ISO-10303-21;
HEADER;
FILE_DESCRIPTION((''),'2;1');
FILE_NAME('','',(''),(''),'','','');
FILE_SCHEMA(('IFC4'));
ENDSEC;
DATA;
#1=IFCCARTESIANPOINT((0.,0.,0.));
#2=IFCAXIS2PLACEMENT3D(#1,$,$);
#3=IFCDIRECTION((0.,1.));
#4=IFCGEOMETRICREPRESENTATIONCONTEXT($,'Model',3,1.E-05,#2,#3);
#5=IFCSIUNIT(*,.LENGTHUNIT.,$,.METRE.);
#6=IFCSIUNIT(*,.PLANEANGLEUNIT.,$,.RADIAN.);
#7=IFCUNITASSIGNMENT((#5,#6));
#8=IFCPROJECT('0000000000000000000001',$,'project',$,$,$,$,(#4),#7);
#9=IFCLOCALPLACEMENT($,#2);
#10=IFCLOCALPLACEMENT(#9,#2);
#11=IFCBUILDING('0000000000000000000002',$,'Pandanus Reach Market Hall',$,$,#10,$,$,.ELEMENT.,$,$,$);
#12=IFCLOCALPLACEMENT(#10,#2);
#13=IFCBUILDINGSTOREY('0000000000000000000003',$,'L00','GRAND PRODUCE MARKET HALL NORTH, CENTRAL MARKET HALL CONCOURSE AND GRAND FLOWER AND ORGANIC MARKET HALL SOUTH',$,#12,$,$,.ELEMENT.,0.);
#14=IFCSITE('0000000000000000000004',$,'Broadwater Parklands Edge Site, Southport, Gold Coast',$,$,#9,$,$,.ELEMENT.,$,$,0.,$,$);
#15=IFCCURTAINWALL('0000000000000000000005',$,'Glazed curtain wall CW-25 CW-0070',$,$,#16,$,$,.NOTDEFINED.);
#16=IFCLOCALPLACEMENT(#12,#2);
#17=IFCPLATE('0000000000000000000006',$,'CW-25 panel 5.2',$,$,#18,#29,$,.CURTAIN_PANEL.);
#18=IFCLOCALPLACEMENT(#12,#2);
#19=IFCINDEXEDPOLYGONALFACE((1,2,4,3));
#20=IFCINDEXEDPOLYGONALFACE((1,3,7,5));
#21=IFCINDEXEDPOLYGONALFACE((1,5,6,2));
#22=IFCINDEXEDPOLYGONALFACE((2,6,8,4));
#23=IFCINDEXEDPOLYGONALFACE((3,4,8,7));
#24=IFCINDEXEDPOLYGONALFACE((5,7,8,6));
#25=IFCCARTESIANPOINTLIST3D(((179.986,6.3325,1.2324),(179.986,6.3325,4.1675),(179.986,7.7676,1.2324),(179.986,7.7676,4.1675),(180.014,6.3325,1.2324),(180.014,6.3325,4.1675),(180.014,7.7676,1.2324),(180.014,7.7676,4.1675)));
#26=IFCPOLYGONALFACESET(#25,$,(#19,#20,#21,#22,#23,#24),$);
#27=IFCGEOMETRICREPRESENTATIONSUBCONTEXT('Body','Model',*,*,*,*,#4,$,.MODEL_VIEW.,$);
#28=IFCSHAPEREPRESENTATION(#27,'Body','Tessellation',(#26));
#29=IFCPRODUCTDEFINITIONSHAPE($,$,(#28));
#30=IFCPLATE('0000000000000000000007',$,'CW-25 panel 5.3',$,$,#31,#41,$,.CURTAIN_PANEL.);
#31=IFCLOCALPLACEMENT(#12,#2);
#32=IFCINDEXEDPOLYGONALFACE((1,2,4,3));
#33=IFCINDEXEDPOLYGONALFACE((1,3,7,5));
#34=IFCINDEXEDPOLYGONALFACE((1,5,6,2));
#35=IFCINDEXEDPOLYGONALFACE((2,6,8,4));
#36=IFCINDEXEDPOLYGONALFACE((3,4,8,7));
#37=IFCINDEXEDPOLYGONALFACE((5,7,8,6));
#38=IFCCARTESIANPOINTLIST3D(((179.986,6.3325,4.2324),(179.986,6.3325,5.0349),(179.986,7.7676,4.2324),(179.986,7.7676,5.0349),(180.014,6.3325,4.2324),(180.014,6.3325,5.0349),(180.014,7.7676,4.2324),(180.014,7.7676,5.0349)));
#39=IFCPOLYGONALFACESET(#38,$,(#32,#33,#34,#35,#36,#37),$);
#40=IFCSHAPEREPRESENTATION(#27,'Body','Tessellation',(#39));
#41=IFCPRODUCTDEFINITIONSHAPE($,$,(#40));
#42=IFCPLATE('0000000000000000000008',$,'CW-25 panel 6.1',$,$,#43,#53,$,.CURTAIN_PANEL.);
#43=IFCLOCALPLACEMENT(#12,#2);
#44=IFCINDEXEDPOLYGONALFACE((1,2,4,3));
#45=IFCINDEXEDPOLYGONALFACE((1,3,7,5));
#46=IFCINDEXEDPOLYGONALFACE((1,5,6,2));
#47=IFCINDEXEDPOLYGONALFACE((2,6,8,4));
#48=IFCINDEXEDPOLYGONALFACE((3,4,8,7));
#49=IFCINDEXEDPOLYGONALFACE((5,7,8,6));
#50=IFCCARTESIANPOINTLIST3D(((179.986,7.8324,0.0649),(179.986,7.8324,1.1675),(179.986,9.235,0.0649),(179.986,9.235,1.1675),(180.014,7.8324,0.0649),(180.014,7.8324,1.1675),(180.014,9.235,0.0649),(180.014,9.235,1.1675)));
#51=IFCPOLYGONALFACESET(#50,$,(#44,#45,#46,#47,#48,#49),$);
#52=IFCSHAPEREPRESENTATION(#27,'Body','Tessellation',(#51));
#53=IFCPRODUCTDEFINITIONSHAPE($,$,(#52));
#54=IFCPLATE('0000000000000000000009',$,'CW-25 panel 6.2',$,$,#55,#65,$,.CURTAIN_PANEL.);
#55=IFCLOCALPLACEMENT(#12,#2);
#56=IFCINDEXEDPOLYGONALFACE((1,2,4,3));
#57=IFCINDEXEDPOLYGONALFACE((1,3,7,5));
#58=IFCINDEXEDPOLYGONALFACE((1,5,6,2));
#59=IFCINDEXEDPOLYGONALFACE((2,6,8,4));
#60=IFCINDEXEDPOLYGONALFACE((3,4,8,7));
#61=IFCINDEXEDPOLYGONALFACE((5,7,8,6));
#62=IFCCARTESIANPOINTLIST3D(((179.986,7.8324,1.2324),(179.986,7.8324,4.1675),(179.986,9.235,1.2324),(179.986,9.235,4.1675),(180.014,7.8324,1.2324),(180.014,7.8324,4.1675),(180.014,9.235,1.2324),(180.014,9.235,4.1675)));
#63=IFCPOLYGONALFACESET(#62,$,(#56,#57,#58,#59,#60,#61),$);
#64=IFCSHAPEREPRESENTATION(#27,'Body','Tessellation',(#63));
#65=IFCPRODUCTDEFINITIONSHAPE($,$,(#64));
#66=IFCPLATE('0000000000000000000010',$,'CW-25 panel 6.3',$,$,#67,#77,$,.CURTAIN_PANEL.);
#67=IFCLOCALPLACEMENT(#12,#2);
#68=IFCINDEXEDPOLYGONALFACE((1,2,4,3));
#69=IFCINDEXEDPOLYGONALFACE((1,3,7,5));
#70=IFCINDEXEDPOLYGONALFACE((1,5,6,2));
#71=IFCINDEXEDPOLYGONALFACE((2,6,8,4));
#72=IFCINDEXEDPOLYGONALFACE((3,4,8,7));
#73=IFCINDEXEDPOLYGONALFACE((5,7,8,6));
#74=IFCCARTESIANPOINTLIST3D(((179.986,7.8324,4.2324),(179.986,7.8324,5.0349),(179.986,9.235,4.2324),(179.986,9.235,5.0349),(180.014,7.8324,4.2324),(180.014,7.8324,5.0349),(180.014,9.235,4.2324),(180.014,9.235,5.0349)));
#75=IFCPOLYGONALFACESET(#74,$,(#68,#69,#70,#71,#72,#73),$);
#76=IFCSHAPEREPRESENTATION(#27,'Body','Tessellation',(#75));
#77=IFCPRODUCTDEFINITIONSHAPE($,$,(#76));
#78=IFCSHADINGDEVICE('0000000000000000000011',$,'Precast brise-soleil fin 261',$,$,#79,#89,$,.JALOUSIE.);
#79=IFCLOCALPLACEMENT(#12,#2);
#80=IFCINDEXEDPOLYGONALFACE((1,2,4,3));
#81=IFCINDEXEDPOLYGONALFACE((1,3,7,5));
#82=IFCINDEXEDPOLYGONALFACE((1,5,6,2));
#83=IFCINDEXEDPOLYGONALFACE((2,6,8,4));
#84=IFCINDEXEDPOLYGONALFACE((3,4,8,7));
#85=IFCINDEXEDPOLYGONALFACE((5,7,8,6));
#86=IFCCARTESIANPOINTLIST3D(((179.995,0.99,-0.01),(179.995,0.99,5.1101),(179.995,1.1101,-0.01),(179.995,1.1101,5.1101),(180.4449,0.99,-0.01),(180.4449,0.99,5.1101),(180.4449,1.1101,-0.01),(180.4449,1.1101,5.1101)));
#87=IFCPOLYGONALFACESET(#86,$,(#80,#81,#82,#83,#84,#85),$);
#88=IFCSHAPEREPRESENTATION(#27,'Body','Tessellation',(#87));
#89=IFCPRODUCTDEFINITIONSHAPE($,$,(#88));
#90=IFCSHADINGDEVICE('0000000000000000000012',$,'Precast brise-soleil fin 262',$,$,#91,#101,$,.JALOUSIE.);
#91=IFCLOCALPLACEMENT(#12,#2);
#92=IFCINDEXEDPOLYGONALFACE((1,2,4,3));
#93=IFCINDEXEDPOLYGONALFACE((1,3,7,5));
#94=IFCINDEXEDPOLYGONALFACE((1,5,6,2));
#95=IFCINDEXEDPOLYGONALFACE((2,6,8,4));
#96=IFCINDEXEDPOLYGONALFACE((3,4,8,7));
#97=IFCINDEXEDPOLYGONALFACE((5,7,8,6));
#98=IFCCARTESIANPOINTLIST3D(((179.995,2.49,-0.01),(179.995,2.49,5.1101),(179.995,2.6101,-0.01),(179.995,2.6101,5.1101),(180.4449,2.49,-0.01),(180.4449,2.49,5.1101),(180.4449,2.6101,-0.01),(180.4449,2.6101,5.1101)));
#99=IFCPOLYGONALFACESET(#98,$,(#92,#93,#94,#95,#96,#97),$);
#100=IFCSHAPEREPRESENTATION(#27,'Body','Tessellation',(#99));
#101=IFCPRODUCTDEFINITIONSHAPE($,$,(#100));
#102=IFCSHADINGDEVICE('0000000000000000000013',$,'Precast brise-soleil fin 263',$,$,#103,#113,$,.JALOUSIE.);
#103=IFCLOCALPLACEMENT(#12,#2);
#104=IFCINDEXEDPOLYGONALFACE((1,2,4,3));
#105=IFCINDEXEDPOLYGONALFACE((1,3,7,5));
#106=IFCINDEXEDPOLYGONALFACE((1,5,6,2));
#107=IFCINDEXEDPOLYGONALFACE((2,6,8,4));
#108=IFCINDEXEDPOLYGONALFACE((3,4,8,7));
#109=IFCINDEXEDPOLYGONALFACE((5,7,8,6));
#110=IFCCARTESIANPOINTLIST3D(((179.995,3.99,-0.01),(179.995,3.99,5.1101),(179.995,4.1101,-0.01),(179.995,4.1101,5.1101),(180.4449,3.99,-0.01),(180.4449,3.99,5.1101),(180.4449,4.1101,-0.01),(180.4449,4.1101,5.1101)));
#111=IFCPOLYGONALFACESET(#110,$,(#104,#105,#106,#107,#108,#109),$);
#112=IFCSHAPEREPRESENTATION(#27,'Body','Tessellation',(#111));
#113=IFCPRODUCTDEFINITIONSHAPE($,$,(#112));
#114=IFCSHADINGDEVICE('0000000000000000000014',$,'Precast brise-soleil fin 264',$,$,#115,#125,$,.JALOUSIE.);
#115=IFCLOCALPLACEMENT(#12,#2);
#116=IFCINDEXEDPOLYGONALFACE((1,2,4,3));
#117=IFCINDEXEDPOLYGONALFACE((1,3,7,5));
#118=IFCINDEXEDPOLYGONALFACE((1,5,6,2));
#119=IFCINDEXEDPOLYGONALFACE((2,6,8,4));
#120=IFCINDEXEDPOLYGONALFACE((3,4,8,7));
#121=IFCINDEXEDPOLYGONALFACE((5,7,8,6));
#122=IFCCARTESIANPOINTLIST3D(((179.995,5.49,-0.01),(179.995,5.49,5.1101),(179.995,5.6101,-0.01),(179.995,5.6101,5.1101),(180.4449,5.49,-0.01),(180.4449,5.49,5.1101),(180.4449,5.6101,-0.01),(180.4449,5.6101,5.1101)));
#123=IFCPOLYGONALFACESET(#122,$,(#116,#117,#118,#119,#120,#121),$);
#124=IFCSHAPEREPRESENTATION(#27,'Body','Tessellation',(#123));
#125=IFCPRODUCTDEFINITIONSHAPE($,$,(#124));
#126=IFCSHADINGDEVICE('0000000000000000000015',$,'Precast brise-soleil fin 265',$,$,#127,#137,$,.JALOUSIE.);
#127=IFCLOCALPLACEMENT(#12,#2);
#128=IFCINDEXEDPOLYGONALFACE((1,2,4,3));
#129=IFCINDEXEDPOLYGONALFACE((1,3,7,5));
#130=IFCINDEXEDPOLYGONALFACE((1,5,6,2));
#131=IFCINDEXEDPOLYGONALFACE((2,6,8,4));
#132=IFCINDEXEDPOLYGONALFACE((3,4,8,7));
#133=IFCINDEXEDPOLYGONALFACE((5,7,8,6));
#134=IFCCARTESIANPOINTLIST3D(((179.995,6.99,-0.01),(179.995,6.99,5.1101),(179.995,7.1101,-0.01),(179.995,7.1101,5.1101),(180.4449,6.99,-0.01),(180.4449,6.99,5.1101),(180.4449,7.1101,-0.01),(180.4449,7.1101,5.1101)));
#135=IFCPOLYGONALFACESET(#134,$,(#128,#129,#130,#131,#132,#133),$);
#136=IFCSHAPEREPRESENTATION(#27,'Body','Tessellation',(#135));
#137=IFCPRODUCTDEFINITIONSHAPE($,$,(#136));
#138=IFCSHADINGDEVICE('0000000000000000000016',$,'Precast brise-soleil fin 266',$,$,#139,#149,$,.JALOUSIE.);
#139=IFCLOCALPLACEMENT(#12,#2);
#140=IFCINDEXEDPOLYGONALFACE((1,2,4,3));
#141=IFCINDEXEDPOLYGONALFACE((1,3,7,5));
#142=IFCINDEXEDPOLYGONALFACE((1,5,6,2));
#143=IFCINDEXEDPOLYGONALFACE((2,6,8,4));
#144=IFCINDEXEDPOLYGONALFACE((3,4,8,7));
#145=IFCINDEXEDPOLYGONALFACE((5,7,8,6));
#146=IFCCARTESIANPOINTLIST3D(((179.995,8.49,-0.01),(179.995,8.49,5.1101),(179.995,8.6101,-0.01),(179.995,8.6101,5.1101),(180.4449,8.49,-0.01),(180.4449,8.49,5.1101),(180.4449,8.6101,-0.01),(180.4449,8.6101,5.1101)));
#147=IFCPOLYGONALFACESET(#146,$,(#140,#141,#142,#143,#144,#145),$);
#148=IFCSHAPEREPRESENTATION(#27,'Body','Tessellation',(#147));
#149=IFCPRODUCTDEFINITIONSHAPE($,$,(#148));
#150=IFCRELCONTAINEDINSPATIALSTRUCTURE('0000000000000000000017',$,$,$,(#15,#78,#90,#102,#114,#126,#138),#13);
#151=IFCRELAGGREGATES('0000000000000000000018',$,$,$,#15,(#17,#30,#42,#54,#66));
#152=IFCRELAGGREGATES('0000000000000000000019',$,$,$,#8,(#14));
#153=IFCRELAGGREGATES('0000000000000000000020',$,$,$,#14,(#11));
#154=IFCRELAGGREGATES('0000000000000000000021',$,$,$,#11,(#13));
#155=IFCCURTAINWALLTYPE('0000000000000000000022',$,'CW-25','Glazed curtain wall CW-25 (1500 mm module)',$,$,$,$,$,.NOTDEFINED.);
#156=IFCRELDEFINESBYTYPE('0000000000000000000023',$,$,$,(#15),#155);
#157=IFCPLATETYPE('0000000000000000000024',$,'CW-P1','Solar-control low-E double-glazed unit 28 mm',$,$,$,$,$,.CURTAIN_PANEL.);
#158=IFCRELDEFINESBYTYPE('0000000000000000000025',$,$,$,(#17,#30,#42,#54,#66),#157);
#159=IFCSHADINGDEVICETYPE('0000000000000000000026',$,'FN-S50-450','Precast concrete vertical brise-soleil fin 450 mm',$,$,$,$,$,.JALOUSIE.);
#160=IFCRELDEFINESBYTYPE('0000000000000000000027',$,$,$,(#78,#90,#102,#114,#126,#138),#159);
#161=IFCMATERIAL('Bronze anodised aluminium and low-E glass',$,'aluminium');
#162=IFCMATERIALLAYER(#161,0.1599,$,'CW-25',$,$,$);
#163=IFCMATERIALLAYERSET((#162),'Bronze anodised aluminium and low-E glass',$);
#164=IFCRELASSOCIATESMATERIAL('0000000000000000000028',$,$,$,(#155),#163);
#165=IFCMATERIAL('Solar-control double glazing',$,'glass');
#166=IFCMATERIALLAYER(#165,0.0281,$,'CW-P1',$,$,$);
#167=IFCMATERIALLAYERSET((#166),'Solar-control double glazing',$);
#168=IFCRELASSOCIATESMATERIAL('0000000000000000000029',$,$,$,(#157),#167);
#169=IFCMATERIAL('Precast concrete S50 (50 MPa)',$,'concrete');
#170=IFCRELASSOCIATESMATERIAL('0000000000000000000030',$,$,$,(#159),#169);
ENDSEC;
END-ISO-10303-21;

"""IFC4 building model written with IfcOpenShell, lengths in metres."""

from ifc_helpers import new_model, si_unit, direction, frame, origin, origin_2d, place, context, subcontext, project, spatial, rectangle, extrude, material, layer, layer_set, type_object, element, aggregate, save


model = new_model("IFC4")

# Units and contexts
model_context = context("Model", 3, precision=1e-05, world=origin(), true_north=direction((0.0, 1.0)))
body_context = subcontext(model_context, "Body", "Model", "MODEL_VIEW")
ifc_project = project(units=[si_unit("LENGTHUNIT", "METRE"), si_unit("PLANEANGLEUNIT", "RADIAN")], contexts=[model_context])

# Site, building, storey
site_placement = place(None, origin())
site = spatial("IfcSite", under=ifc_project, at=site_placement, Name="Broadwater Parklands Edge Site, Southport, Gold Coast", CompositionType="ELEMENT", RefElevation=0.0)
building_placement = place(site_placement, origin())
building = spatial("IfcBuilding", under=site, at=building_placement, Name="Pandanus Reach Market Hall", CompositionType="ELEMENT")
storey_placement = place(building_placement, origin())
storey = spatial("IfcBuildingStorey", under=building, at=storey_placement, Name="L00", Description="GRAND PRODUCE MARKET HALL NORTH, CENTRAL MARKET HALL CONCOURSE AND GRAND FLOWER AND ORGANIC MARKET HALL SOUTH", CompositionType="ELEMENT", Elevation=0.0)

# Curtain wall, plates
ifc_material_1 = material(Name="Bronze anodised aluminium and low-E glass", Category="aluminium")
ifc_layer_1 = layer(ifc_material_1, 0.1599, Name="CW-25")
ifc_layer_set_1 = layer_set([ifc_layer_1], Name="Bronze anodised aluminium and low-E glass")
curtain_wall_type = type_object("IfcCurtainWallType", Name="CW-25", Description="Glazed curtain wall CW-25 (1500 mm module)", PredefinedType="NOTDEFINED", material=ifc_layer_set_1)
curtain_wall_placement = place(storey_placement, origin())
curtain_wall = element("IfcCurtainWall", 1, at=curtain_wall_placement, inside=storey, type_object=curtain_wall_type, Name="Glazed curtain wall CW-25 CW-0070", PredefinedType="NOTDEFINED")
ifc_material_2 = material(Name="Solar-control double glazing", Category="glass")
ifc_layer_2 = layer(ifc_material_2, 0.0281, Name="CW-P1")
ifc_layer_set_2 = layer_set([ifc_layer_2], Name="Solar-control double glazing")
plate_type = type_object("IfcPlateType", Name="CW-P1", Description="Solar-control low-E double-glazed unit 28 mm", PredefinedType="CURTAIN_PANEL", material=ifc_layer_set_2)
plate_1_placement = place(storey_placement, frame((180.0, 7.05, 1.2324), z_axis=(0.0, 0.0, 1.0), x_axis=(0.0, 1.0, 0.0)))
plate_1 = element("IfcPlate", 2, at=plate_1_placement, type_object=plate_type, Name="CW-25 panel 5.2", PredefinedType="CURTAIN_PANEL", context=body_context, shape_type="SweptSolid", body=[
    extrude(rectangle(XDim=1.4351, YDim=0.0281, at=origin_2d()), origin(), (0.0, 0.0, 1.0), 2.9351),
])
plate_2_placement = place(storey_placement, frame((180.0, 7.05, 4.2324), z_axis=(0.0, 0.0, 1.0), x_axis=(0.0, 1.0, 0.0)))
plate_2 = element("IfcPlate", 3, at=plate_2_placement, type_object=plate_type, Name="CW-25 panel 5.3", PredefinedType="CURTAIN_PANEL", context=body_context, shape_type="SweptSolid", body=[
    extrude(rectangle(XDim=1.4351, YDim=0.0281, at=origin_2d()), origin(), (0.0, 0.0, 1.0), 0.8025),
])
plate_3_placement = place(storey_placement, frame((180.0, 8.5337, 0.0649), z_axis=(0.0, 0.0, 1.0), x_axis=(0.0, 1.0, 0.0)))
plate_3 = element("IfcPlate", 4, at=plate_3_placement, type_object=plate_type, Name="CW-25 panel 6.1", PredefinedType="CURTAIN_PANEL", context=body_context, shape_type="SweptSolid", body=[
    extrude(rectangle(XDim=1.4026, YDim=0.0281, at=origin_2d()), origin(), (0.0, 0.0, 1.0), 1.1025),
])
plate_4_placement = place(storey_placement, frame((180.0, 8.5337, 1.2324), z_axis=(0.0, 0.0, 1.0), x_axis=(0.0, 1.0, 0.0)))
plate_4 = element("IfcPlate", 5, at=plate_4_placement, type_object=plate_type, Name="CW-25 panel 6.2", PredefinedType="CURTAIN_PANEL", context=body_context, shape_type="SweptSolid", body=[
    extrude(rectangle(XDim=1.4026, YDim=0.0281, at=origin_2d()), origin(), (0.0, 0.0, 1.0), 2.9351),
])
plate_5_placement = place(storey_placement, frame((180.0, 8.5337, 4.2324), z_axis=(0.0, 0.0, 1.0), x_axis=(0.0, 1.0, 0.0)))
plate_5 = element("IfcPlate", 6, at=plate_5_placement, type_object=plate_type, Name="CW-25 panel 6.3", PredefinedType="CURTAIN_PANEL", context=body_context, shape_type="SweptSolid", body=[
    extrude(rectangle(XDim=1.4026, YDim=0.0281, at=origin_2d()), origin(), (0.0, 0.0, 1.0), 0.8025),
])
aggregate(curtain_wall, [plate_1, plate_2, plate_3, plate_4, plate_5])

# Shading devices
ifc_material_3 = material(Name="Precast concrete S50 (50 MPa)", Category="concrete")
shading_device_type = type_object("IfcShadingDeviceType", Name="FN-S50-450", Description="Precast concrete vertical brise-soleil fin 450 mm", PredefinedType="JALOUSIE", material=ifc_material_3)
for number, where, z_axis, x_axis, name in (
    (7, (180.22, 1.05, -0.01), (0.0, 0.0, 1.0), (1.0, 0.0, 0.0), "Precast brise-soleil fin 261"),
    (8, (180.22, 2.55, -0.01), (0.0, 0.0, 1.0), (1.0, 0.0, 0.0), "Precast brise-soleil fin 262"),
    (9, (180.22, 4.05, -0.01), (0.0, 0.0, 1.0), (1.0, 0.0, 0.0), "Precast brise-soleil fin 263"),
    (10, (180.22, 5.55, -0.01), (0.0, 0.0, 1.0), (1.0, 0.0, 0.0), "Precast brise-soleil fin 264"),
    (11, (180.22, 7.05, -0.01), (0.0, 0.0, 1.0), (1.0, 0.0, 0.0), "Precast brise-soleil fin 265"),
    (12, (180.22, 8.55, -0.01), (0.0, 0.0, 1.0), (1.0, 0.0, 0.0), "Precast brise-soleil fin 266"),
):
    element("IfcShadingDevice", number, at=place(storey_placement, frame(where, z_axis=z_axis, x_axis=x_axis)), inside=storey, type_object=shading_device_type, Name=name, PredefinedType="JALOUSIE", context=body_context, shape_type="SweptSolid", body=[
        extrude(rectangle(XDim=0.45, YDim=0.1201, at=origin_2d()), origin(), (0.0, 0.0, 1.0), 5.1201),
    ])

save(model, "model.ifc")
